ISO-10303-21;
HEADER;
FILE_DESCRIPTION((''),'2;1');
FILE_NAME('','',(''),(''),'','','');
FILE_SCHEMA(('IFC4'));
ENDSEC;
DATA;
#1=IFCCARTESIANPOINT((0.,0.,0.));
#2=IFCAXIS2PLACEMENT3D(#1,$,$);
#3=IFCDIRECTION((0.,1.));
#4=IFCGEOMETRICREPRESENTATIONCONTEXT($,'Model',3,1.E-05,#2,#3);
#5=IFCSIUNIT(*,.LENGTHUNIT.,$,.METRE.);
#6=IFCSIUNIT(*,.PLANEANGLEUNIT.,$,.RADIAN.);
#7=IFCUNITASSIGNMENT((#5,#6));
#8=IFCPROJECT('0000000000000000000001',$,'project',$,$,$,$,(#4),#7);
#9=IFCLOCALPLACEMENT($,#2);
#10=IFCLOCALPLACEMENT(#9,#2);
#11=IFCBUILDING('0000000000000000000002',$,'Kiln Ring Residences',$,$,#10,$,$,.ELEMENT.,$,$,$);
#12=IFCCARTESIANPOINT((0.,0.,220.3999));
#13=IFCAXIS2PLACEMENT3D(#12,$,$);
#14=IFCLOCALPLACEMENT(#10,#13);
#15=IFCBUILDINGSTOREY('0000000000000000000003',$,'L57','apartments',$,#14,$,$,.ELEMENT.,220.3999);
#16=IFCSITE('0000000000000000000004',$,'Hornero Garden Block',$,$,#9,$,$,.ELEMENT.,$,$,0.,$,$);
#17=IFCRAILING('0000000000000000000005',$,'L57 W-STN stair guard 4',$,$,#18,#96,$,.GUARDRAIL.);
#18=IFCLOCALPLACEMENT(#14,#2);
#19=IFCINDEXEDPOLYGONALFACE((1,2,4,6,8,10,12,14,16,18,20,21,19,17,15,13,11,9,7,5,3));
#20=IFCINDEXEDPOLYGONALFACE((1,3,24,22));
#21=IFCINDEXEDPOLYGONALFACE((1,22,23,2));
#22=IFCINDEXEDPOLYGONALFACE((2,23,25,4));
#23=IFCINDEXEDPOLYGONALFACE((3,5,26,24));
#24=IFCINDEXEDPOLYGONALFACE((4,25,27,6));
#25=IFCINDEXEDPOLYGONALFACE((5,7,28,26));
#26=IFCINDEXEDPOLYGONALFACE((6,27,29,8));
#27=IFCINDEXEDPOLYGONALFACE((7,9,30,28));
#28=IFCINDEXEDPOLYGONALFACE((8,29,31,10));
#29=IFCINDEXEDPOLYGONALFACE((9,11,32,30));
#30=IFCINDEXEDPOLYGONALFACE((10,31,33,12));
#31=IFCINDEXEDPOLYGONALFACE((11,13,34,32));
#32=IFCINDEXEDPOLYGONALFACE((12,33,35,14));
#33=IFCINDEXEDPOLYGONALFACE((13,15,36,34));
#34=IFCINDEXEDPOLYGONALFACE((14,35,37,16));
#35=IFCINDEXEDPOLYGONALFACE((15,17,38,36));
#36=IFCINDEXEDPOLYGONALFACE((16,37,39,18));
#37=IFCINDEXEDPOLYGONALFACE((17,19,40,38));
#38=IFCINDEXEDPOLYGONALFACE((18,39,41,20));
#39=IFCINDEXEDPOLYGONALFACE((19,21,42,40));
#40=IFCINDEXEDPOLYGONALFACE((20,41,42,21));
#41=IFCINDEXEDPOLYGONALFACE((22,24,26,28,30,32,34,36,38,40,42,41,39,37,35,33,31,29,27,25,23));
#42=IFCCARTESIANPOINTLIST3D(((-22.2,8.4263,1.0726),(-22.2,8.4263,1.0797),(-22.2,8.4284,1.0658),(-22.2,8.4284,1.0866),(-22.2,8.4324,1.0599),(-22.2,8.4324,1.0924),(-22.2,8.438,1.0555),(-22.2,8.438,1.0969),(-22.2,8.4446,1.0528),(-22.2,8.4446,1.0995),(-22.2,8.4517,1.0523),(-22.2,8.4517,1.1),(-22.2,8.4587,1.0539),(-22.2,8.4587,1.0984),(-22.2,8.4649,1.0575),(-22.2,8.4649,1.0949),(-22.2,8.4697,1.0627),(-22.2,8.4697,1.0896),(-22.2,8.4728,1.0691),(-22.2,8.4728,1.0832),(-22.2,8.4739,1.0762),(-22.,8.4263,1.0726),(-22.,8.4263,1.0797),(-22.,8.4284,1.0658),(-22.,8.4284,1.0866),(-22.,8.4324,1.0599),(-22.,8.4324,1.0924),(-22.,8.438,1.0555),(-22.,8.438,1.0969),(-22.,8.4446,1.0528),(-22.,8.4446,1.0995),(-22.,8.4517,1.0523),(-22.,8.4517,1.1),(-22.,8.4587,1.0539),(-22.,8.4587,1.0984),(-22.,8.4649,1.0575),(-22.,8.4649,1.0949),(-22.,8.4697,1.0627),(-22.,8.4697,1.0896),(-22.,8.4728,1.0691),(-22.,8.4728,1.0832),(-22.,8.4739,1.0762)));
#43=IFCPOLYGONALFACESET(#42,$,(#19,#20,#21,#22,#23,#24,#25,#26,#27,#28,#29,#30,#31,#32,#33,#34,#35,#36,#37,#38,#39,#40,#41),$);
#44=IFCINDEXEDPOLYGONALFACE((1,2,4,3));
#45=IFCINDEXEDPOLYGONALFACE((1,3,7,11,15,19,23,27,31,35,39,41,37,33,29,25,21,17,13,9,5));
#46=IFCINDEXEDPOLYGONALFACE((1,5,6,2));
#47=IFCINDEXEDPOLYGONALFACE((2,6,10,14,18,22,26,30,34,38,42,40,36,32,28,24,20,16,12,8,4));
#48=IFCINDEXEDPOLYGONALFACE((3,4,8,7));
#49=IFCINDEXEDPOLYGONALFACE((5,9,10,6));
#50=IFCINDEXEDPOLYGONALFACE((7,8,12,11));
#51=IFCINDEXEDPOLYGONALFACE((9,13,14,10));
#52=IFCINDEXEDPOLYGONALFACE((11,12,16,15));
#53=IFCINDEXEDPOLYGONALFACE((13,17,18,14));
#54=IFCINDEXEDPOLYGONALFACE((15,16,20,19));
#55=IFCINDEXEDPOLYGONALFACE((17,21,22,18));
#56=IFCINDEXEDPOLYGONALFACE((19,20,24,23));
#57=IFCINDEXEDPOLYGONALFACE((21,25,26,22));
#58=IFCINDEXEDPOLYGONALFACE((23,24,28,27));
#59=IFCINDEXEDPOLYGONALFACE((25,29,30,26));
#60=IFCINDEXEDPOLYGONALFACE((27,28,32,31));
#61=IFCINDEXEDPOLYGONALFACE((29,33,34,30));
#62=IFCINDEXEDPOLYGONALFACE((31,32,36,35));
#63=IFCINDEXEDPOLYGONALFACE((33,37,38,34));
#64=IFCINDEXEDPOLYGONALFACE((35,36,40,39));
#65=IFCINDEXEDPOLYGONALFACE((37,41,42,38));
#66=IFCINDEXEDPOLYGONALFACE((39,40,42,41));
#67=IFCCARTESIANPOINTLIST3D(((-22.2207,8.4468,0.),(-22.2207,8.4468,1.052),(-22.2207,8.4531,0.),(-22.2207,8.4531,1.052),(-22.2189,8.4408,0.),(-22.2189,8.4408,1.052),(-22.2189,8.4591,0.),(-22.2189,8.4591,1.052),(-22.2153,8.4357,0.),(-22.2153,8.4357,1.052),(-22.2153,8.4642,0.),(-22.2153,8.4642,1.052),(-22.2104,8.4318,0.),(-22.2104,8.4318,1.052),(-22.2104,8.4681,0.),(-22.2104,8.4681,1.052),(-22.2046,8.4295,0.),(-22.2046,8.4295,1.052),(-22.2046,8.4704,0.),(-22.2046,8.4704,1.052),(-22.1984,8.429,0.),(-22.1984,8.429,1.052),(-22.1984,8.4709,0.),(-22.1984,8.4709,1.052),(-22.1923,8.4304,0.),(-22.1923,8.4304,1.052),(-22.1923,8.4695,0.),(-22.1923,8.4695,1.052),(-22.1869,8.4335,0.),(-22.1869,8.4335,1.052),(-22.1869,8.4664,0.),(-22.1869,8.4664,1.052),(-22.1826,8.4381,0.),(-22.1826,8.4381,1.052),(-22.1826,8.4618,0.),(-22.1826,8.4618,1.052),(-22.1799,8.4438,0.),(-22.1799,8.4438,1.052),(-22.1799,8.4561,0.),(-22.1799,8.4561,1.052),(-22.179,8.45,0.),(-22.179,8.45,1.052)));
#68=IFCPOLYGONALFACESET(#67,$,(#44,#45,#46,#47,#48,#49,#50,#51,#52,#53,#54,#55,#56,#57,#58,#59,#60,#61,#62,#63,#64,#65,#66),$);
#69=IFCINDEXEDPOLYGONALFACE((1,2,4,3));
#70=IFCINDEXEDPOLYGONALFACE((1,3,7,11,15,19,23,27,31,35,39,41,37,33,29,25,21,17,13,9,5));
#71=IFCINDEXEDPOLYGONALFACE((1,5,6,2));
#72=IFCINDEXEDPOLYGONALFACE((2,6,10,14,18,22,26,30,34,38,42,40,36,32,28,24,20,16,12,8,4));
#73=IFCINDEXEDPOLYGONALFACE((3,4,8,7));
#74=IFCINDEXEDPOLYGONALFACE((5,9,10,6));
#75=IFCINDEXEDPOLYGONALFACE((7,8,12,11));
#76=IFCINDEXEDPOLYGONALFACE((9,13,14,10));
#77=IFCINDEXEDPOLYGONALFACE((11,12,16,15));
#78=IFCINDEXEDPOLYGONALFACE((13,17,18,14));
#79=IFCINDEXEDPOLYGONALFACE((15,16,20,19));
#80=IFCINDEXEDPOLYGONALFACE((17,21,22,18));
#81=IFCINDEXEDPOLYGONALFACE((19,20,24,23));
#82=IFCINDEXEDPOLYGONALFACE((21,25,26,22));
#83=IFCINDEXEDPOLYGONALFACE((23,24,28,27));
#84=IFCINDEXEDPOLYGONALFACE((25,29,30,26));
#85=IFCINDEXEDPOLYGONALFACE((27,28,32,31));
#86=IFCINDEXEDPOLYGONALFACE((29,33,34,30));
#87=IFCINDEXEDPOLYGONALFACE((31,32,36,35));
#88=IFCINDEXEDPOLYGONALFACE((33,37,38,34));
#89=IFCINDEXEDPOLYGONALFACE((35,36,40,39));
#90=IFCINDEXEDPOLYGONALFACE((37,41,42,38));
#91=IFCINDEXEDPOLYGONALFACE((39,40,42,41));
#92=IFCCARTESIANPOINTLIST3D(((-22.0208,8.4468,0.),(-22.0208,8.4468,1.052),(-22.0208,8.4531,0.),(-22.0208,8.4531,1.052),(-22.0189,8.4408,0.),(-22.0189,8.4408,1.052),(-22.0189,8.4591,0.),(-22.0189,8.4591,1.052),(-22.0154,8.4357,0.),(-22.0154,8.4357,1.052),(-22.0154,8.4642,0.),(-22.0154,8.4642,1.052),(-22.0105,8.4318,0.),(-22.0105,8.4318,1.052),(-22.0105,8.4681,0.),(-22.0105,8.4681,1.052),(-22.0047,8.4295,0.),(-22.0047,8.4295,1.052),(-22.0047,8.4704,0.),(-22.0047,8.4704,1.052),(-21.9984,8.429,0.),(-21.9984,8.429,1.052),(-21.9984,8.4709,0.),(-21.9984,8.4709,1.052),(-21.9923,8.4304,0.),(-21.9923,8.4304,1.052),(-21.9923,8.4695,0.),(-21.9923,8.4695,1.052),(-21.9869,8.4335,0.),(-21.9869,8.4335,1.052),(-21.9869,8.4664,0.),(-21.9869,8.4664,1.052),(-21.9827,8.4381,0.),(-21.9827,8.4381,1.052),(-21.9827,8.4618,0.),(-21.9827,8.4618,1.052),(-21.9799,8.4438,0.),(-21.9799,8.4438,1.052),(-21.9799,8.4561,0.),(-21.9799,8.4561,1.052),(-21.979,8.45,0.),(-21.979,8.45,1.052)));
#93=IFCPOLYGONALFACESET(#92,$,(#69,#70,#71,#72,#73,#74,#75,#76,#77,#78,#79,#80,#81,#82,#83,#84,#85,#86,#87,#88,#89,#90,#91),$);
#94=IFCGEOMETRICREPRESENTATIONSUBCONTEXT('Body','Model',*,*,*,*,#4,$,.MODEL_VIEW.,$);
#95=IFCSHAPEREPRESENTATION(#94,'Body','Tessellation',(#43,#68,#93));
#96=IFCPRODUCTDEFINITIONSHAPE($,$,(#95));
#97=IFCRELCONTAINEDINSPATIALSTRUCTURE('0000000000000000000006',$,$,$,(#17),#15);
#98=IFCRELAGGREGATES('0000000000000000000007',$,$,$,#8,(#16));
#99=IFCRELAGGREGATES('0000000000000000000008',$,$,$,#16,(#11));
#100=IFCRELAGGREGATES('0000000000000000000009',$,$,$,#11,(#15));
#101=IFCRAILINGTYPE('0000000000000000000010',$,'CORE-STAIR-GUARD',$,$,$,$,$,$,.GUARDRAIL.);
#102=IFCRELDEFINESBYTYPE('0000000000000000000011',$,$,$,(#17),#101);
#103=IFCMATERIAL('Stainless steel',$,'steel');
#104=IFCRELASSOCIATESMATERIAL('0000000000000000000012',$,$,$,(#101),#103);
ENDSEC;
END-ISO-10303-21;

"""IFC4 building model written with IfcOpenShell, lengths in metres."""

from ifc_helpers import new_model, si_unit, direction, frame, origin, origin_2d, place, context, subcontext, project, spatial, circle, extrude, material, type_object, element, save


model = new_model("IFC4")

# Units and contexts
model_context = context("Model", 3, precision=1e-05, world=origin(), true_north=direction((0.0, 1.0)))
body_context = subcontext(model_context, "Body", "Model", "MODEL_VIEW")
ifc_project = project(units=[si_unit("LENGTHUNIT", "METRE"), si_unit("PLANEANGLEUNIT", "RADIAN")], contexts=[model_context])

# Site, building, storey
site_placement = place(None, origin())
site = spatial("IfcSite", under=ifc_project, at=site_placement, Name="Hornero Garden Block", CompositionType="ELEMENT", RefElevation=0.0)
building_placement = place(site_placement, origin())
building = spatial("IfcBuilding", under=site, at=building_placement, Name="Kiln Ring Residences", CompositionType="ELEMENT")
storey_placement = place(building_placement, frame((0.0, 0.0, 220.3999)))
storey = spatial("IfcBuildingStorey", under=building, at=storey_placement, Name="L57", Description="apartments", CompositionType="ELEMENT", Elevation=220.3999)

# Railing
ifc_material_1 = material(Name="Stainless steel", Category="steel")
railing_type_1 = type_object("IfcRailingType", Name="CORE-STAIR-GUARD", PredefinedType="GUARDRAIL", material=ifc_material_1)
railing_1_placement = place(storey_placement, frame((-22.2, 8.45, 0.0)))
element("IfcRailing", 1, at=railing_1_placement, inside=storey, type_object=railing_type_1, Name="L57 W-STN stair guard 4", PredefinedType="GUARDRAIL", context=body_context, shape_type="SweptSolid", body=[
    extrude(circle(Radius=0.0239, at=origin_2d()), frame((0.0, 0.0, 1.0762), z_axis=(1.0, 0.0, 0.0), x_axis=(0.0, 1.0, 0.0)), (0.0, 0.0, 1.0), 0.2),
    extrude(circle(Radius=0.021, at=origin_2d()), origin(), (0.0, 0.0, 1.0), 1.052),
    extrude(circle(Radius=0.021, at=origin_2d()), frame((0.2, 0.0, 0.0)), (0.0, 0.0, 1.0), 1.052),
])

save(model, "model.ifc")
